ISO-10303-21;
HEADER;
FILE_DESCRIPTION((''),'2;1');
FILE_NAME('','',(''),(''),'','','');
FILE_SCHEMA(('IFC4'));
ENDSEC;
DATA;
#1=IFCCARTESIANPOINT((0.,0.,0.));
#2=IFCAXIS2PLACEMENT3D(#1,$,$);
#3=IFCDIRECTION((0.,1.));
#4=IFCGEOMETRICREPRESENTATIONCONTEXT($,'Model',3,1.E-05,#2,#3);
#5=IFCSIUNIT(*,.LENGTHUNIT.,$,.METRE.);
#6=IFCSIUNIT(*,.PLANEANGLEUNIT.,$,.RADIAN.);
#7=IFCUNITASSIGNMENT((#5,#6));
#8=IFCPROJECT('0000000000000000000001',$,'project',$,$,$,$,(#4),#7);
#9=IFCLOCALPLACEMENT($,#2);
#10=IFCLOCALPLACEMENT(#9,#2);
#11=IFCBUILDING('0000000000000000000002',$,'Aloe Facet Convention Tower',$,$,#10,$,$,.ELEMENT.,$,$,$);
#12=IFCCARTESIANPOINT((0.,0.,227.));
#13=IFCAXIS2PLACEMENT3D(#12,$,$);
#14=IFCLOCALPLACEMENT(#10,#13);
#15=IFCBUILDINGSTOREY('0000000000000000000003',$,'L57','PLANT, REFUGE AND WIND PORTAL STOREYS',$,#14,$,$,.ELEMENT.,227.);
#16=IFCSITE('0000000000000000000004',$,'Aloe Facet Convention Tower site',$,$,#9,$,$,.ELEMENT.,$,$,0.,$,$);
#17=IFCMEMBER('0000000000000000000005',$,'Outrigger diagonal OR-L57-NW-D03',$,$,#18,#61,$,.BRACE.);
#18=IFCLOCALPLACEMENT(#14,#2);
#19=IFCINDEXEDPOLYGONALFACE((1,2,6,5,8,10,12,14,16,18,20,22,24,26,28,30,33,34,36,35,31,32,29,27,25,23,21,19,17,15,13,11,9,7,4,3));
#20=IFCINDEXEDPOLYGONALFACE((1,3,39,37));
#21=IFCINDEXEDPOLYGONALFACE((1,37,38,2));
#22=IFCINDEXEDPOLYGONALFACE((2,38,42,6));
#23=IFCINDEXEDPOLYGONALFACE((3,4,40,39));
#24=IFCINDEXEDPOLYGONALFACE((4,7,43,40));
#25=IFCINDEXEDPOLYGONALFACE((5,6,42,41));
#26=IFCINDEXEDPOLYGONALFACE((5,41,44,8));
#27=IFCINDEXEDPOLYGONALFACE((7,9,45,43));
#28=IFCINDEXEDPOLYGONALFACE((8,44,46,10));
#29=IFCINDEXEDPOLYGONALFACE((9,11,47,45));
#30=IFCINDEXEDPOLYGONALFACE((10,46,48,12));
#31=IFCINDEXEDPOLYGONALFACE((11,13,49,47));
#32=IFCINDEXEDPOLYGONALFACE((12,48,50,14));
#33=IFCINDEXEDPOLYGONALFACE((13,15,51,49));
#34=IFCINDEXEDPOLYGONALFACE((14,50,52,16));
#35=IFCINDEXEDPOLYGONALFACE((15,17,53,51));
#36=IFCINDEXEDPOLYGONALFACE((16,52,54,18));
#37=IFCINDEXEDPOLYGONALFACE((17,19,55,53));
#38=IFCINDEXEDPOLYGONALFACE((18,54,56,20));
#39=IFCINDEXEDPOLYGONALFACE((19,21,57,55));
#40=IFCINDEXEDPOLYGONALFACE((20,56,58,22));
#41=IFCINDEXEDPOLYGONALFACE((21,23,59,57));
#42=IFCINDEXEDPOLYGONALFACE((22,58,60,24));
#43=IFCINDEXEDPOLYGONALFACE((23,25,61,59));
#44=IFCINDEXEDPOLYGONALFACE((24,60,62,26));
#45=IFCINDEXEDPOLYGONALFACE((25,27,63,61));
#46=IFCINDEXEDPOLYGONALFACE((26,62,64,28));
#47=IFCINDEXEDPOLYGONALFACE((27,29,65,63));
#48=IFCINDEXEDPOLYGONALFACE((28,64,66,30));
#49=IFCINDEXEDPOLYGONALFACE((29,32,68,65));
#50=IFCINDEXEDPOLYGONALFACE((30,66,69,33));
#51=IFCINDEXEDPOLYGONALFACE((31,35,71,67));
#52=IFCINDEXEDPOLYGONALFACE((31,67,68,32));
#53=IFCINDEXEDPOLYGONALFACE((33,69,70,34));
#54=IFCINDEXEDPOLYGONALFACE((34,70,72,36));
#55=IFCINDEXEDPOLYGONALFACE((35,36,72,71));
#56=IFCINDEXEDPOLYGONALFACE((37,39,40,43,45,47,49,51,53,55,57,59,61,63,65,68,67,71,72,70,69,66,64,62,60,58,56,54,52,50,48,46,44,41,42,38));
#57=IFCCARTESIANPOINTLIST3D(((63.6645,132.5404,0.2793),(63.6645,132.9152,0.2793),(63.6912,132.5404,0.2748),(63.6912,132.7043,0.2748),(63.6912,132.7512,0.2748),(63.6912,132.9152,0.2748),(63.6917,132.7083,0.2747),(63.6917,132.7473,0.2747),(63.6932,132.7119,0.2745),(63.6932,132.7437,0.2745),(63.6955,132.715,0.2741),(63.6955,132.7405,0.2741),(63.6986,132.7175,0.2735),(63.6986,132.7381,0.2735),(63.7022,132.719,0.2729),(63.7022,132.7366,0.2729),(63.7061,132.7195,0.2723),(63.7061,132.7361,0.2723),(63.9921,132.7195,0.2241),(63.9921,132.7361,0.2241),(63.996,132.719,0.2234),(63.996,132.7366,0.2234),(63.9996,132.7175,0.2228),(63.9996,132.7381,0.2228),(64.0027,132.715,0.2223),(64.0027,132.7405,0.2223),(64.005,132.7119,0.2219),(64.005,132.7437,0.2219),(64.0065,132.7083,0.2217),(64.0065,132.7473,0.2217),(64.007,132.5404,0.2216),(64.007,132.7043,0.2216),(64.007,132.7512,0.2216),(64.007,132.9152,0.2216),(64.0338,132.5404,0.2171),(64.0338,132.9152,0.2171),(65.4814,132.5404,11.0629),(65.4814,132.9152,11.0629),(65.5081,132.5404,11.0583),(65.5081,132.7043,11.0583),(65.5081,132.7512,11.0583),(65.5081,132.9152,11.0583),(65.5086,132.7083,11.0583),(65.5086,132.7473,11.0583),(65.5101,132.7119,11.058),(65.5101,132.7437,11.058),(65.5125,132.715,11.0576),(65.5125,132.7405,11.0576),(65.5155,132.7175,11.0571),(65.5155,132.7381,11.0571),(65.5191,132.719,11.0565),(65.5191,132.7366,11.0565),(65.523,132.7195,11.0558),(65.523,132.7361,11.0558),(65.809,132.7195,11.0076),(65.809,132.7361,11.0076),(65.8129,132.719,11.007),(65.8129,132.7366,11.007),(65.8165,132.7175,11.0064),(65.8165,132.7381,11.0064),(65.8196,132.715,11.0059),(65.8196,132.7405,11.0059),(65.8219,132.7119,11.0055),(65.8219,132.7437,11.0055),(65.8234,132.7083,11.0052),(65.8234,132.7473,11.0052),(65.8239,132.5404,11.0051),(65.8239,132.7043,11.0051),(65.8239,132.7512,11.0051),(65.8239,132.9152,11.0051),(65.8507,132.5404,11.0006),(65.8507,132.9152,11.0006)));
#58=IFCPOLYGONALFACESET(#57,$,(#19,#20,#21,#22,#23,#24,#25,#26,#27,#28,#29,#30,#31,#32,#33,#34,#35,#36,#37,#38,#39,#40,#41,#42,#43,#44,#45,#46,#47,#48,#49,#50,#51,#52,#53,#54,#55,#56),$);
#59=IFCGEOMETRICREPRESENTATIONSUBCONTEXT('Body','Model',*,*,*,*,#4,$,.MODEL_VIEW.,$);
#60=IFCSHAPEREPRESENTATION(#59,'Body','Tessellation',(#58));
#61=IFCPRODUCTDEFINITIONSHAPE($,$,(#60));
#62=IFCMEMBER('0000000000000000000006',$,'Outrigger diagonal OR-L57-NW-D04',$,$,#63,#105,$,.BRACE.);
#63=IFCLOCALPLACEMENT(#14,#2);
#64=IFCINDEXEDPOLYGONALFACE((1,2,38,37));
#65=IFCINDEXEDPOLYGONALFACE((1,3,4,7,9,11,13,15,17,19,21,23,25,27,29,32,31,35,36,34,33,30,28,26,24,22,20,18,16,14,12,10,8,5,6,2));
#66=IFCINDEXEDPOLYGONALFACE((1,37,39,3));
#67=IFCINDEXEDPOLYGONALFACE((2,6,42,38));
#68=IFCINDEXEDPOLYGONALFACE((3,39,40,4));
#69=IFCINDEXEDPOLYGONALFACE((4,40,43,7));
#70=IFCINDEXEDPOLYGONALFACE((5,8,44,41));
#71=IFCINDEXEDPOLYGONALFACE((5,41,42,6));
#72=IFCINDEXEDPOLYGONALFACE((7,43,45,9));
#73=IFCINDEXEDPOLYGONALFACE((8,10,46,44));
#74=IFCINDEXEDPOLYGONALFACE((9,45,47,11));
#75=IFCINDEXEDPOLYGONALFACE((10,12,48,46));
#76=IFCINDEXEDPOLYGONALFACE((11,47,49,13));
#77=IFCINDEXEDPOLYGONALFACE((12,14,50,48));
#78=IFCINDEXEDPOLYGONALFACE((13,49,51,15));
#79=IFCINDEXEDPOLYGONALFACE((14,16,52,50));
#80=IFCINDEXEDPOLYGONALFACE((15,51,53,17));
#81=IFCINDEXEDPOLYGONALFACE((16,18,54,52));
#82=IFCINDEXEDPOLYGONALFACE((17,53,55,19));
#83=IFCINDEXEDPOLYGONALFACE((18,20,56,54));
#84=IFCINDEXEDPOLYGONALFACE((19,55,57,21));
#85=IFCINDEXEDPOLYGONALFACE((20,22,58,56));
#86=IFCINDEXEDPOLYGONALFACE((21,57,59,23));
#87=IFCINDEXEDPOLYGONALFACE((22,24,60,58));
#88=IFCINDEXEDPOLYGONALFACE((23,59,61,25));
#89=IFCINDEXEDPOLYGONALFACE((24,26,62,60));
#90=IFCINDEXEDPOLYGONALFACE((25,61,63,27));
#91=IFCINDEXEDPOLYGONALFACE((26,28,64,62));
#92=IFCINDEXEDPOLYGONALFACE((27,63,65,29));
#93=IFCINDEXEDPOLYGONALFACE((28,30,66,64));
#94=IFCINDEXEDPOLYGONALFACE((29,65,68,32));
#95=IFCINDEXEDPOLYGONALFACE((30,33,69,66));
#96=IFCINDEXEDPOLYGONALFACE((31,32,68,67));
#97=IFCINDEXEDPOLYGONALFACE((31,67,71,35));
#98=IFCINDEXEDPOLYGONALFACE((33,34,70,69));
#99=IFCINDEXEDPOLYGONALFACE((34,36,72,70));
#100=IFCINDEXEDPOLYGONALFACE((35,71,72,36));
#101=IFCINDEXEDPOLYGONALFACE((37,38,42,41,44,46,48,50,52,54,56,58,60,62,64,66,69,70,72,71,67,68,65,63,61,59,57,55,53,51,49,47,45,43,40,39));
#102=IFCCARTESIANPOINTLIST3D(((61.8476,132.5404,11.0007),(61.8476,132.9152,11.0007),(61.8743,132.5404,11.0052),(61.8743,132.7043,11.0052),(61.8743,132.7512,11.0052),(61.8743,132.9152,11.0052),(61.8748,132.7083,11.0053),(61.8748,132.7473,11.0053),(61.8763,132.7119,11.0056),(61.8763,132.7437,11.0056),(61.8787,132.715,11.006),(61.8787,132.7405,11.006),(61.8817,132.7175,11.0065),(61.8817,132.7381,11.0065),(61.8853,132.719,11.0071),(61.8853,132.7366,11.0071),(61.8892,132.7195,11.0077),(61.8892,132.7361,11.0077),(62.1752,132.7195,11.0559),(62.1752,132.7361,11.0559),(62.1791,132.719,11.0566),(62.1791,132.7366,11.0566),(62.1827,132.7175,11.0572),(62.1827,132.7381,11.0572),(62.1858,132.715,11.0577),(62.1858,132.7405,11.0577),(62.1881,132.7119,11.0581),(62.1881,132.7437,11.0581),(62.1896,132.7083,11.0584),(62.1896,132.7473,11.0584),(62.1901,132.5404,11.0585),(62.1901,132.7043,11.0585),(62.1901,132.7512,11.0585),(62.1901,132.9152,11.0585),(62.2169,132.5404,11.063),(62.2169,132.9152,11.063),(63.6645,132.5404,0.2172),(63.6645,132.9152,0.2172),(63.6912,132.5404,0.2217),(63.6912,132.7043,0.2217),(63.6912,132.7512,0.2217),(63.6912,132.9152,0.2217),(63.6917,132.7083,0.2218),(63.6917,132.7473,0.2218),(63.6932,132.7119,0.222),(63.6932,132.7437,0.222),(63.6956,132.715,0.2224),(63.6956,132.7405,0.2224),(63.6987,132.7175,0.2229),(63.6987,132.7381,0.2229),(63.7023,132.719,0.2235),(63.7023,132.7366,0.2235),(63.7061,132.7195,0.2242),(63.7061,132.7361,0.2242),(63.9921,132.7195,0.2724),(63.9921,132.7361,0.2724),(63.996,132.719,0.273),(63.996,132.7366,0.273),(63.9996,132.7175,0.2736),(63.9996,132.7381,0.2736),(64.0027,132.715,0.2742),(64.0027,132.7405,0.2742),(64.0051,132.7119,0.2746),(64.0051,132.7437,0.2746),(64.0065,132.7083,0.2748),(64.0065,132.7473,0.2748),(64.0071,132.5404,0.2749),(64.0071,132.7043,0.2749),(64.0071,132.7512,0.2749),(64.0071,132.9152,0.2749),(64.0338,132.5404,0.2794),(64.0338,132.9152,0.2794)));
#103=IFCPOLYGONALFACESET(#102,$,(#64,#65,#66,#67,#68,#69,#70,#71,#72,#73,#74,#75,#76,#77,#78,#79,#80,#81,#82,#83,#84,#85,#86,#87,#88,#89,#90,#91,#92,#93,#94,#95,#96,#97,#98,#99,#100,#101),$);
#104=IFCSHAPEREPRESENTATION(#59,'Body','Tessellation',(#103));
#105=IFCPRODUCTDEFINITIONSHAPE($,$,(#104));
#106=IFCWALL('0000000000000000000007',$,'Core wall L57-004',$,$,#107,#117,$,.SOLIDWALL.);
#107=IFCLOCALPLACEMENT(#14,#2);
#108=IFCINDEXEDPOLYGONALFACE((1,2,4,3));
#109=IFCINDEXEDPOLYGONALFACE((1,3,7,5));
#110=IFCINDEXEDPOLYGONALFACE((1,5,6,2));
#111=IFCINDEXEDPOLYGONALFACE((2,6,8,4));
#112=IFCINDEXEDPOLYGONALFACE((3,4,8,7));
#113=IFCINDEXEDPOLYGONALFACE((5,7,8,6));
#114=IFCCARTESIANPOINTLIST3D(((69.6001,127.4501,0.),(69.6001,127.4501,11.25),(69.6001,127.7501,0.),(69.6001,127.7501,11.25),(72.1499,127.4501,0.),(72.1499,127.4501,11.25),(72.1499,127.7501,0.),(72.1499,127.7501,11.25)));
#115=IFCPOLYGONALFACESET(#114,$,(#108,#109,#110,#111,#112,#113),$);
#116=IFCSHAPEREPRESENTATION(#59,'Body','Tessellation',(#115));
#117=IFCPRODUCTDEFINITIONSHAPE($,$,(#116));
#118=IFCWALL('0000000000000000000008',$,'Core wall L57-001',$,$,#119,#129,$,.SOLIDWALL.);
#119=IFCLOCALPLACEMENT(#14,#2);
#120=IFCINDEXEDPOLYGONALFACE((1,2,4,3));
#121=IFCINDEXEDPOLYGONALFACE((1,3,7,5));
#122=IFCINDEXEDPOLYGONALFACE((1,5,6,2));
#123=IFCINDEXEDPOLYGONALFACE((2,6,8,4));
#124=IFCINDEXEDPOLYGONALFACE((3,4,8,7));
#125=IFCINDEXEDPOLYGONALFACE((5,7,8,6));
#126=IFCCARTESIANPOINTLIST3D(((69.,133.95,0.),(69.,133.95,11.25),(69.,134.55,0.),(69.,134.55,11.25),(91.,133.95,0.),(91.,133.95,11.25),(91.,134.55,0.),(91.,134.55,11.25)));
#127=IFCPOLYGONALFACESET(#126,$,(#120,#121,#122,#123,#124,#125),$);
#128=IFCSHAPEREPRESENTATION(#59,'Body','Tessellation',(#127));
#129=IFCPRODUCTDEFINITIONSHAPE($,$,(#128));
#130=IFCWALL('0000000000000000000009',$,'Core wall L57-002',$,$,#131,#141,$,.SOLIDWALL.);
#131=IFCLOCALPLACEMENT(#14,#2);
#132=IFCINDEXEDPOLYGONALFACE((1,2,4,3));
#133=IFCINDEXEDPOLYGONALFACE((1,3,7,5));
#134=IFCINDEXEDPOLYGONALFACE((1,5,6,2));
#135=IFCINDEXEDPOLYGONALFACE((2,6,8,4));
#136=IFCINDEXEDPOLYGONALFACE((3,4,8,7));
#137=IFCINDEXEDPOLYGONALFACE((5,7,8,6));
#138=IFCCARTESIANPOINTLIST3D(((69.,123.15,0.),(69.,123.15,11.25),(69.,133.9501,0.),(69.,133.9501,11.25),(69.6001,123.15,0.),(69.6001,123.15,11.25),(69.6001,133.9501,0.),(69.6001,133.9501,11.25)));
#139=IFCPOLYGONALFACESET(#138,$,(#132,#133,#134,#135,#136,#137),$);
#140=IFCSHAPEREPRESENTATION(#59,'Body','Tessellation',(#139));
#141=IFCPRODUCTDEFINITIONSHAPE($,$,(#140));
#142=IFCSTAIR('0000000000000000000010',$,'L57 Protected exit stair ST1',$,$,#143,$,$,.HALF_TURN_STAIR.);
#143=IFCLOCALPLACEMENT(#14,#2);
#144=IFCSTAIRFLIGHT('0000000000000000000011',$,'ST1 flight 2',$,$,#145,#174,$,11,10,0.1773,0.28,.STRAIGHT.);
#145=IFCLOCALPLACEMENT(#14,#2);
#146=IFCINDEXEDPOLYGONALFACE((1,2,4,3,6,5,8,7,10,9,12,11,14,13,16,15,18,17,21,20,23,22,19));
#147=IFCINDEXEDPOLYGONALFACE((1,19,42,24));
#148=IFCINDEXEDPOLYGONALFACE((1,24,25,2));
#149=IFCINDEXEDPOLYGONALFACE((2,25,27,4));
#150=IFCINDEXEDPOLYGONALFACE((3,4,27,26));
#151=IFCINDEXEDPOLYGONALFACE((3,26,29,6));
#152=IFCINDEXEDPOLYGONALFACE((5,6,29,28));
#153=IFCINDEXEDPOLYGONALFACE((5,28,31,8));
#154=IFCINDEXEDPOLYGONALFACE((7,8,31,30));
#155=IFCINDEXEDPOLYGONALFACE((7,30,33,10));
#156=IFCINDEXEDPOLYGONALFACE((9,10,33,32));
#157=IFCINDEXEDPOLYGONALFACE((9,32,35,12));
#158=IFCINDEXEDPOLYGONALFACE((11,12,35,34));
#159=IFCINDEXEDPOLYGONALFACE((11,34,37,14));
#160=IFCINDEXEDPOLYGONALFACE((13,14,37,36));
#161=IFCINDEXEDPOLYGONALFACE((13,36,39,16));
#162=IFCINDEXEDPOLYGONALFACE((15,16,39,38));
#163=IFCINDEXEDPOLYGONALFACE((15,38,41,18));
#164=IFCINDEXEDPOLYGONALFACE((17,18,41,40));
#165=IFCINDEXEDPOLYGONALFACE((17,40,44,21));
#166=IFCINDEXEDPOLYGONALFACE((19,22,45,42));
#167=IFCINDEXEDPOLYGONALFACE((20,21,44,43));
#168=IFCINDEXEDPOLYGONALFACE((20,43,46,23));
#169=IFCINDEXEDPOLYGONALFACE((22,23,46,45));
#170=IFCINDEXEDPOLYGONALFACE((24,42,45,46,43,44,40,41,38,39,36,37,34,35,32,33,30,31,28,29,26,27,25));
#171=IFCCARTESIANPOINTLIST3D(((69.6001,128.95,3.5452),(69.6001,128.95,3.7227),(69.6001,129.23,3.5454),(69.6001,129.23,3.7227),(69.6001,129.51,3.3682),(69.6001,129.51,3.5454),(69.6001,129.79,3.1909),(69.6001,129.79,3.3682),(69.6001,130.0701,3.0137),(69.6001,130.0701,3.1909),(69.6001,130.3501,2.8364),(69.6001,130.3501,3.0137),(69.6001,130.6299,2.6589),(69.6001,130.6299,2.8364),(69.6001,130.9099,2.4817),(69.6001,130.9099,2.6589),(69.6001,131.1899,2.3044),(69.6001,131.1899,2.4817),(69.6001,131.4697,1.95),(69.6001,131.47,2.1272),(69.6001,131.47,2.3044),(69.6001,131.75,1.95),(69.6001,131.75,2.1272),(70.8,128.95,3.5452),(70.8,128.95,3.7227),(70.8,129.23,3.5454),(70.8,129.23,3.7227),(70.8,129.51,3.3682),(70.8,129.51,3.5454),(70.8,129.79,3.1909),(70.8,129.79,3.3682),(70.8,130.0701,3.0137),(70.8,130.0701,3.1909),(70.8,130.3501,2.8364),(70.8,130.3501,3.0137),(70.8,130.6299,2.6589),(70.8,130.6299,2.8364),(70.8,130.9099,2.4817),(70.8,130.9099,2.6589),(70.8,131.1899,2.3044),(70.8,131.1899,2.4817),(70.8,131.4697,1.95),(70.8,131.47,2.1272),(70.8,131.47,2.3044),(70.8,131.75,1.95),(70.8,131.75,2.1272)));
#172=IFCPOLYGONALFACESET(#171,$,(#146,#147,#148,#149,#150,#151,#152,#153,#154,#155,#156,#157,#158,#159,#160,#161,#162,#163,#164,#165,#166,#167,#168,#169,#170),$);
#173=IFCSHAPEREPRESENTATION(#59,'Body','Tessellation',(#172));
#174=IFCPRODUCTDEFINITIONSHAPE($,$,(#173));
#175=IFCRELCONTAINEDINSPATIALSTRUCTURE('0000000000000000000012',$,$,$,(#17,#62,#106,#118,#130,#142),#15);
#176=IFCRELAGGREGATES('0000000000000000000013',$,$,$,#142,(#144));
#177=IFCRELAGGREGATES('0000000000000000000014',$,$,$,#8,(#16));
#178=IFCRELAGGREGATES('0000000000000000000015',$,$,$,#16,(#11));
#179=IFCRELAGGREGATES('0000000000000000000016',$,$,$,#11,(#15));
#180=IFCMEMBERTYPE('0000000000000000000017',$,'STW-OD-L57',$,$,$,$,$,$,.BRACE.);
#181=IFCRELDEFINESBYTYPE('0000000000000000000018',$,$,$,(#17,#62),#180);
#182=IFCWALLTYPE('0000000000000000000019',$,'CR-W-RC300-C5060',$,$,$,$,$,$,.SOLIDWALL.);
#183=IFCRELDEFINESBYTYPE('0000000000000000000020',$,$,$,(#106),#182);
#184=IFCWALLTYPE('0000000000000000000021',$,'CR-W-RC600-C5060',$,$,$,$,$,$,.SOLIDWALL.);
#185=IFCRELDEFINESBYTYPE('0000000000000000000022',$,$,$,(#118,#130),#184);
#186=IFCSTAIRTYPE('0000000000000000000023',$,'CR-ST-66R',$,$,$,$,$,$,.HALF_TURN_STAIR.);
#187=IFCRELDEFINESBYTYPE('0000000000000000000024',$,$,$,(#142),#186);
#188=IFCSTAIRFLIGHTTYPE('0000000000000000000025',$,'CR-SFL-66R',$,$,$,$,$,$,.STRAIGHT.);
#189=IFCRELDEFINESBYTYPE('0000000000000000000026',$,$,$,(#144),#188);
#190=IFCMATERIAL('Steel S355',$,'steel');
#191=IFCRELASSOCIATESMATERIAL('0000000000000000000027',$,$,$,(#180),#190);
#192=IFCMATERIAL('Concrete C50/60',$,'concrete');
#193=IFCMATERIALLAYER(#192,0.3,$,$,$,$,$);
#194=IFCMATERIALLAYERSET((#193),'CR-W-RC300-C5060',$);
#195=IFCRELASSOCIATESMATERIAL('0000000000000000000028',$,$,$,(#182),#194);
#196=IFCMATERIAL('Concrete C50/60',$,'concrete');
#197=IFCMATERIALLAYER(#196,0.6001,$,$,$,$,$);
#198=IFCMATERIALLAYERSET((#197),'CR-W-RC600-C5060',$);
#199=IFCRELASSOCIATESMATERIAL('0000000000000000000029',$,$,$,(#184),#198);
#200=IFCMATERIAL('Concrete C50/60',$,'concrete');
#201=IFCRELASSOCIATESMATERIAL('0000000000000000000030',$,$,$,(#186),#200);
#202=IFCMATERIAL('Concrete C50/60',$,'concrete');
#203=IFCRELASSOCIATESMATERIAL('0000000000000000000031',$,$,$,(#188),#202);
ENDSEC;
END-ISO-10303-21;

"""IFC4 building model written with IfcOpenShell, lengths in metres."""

from ifc_helpers import new_model, si_unit, direction, frame, frame_2d, origin, origin_2d, place, context, subcontext, project, spatial, polyline, rectangle, i_section, outline, extrude, material, layer, layer_set, material_profile, profile_set, type_object, element, aggregate, save


model = new_model("IFC4")

# Units and contexts
model_context = context("Model", 3, precision=1e-05, world=origin(), true_north=direction((0.0, 1.0)))
body_context = subcontext(model_context, "Body", "Model", "MODEL_VIEW")
ifc_project = project(units=[si_unit("LENGTHUNIT", "METRE"), si_unit("PLANEANGLEUNIT", "RADIAN")], contexts=[model_context])

# Site, building, storey
site_placement = place(None, origin())
site = spatial("IfcSite", under=ifc_project, at=site_placement, Name="Aloe Facet Convention Tower site", CompositionType="ELEMENT", RefElevation=0.0)
building_placement = place(site_placement, origin())
building = spatial("IfcBuilding", under=site, at=building_placement, Name="Aloe Facet Convention Tower", CompositionType="ELEMENT")
storey_placement = place(building_placement, frame((0.0, 0.0, 227.0)))
storey = spatial("IfcBuildingStorey", under=building, at=storey_placement, Name="L57", Description="PLANT, REFUGE AND WIND PORTAL STOREYS", CompositionType="ELEMENT", Elevation=227.0)

# Members
ifc_material_1 = material(Name="Steel S355", Category="steel")
ifc_material_profile_1 = material_profile(ifc_material_1, i_section(OverallWidth=0.3748, OverallDepth=0.3745, WebThickness=0.0166, FlangeThickness=0.0271, FilletRadius=0.0151, at=origin_2d()), Name="UC 356x368x202")
ifc_profile_set_1 = profile_set([ifc_material_profile_1], Name="Steel S355")
member_type_1 = type_object("IfcMemberType", Name="STW-OD-L57", PredefinedType="BRACE", material=ifc_profile_set_1)
for number, where, z_axis, x_axis, name in (
    (1, (65.666, 132.7278, 11.0317), (-0.166147, 0.0, -0.986101), (0.0, -1.0, 0.0), "Outrigger diagonal OR-L57-NW-D03"),
    (2, (63.8491, 132.7278, 0.2483), (-0.166147, 0.0, 0.986101), (0.0, -1.0, 0.0), "Outrigger diagonal OR-L57-NW-D04"),
):
    element("IfcMember", number, at=place(storey_placement, frame(where, z_axis=z_axis, x_axis=x_axis)), inside=storey, type_object=member_type_1, Name=name, PredefinedType="BRACE", context=body_context, shape_type="SweptSolid", body=[
        extrude(i_section(OverallWidth=0.3748, OverallDepth=0.3745, WebThickness=0.0166, FlangeThickness=0.0271, FilletRadius=0.0151, at=origin_2d()), origin(), (0.0, 0.0, 1.0), 10.9355),
    ])

# Walls
ifc_material_2 = material(Name="Concrete C50/60", Category="concrete")
ifc_layer_1 = layer(ifc_material_2, 0.3)
ifc_layer_set_1 = layer_set([ifc_layer_1], Name="CR-W-RC300-C5060")
wall_type_1 = type_object("IfcWallType", Name="CR-W-RC300-C5060", PredefinedType="SOLIDWALL", material=ifc_layer_set_1)
wall_1_placement = place(storey_placement, frame((69.6001, 127.6001, 0.0), z_axis=(0.0, 0.0, 1.0), x_axis=(1.0, 0.0, 0.0)))
element("IfcWall", 3, at=wall_1_placement, inside=storey, type_object=wall_type_1, Name="Core wall L57-004", PredefinedType="SOLIDWALL", context=body_context, shape_type="SweptSolid", body=[
    extrude(rectangle(XDim=2.5498, YDim=0.3, at=frame_2d((1.2749, 0.0))), origin(), (0.0, 0.0, 1.0), 11.25),
])
ifc_material_3 = material(Name="Concrete C50/60", Category="concrete")
ifc_layer_2 = layer(ifc_material_3, 0.6001)
ifc_layer_set_2 = layer_set([ifc_layer_2], Name="CR-W-RC600-C5060")
wall_type_2 = type_object("IfcWallType", Name="CR-W-RC600-C5060", PredefinedType="SOLIDWALL", material=ifc_layer_set_2)
wall_2_placement = place(storey_placement, frame((69.0, 134.25, 0.0), z_axis=(0.0, 0.0, 1.0), x_axis=(1.0, 0.0, 0.0)))
element("IfcWall", 4, at=wall_2_placement, inside=storey, type_object=wall_type_2, Name="Core wall L57-001", PredefinedType="SOLIDWALL", context=body_context, shape_type="SweptSolid", body=[
    extrude(rectangle(XDim=22.0, YDim=0.6001, at=frame_2d((11.0, 0.0))), origin(), (0.0, 0.0, 1.0), 11.25),
])
wall_3_placement = place(storey_placement, frame((69.3, 133.95, 0.0), z_axis=(0.0, 0.0, 1.0), x_axis=(0.0, -1.0, 0.0)))
element("IfcWall", 5, at=wall_3_placement, inside=storey, type_object=wall_type_2, Name="Core wall L57-002", PredefinedType="SOLIDWALL", context=body_context, shape_type="SweptSolid", body=[
    extrude(rectangle(XDim=10.8, YDim=0.6001, at=frame_2d((5.3999, 0.0))), origin(), (0.0, 0.0, 1.0), 11.25),
])

# Stair, stair flight
ifc_material_4 = material(Name="Concrete C50/60", Category="concrete")
stair_type = type_object("IfcStairType", Name="CR-ST-66R", PredefinedType="HALF_TURN_STAIR", material=ifc_material_4)
stair_placement = place(storey_placement, origin())
stair = element("IfcStair", 6, at=stair_placement, inside=storey, type_object=stair_type, Name="L57 Protected exit stair ST1", PredefinedType="HALF_TURN_STAIR")
ifc_material_5 = material(Name="Concrete C50/60", Category="concrete")
stair_flight_type = type_object("IfcStairFlightType", Name="CR-SFL-66R", PredefinedType="STRAIGHT", material=ifc_material_5)
stair_flight_1_placement = place(storey_placement, frame((70.2, 131.75, 1.95), z_axis=(0.0, 0.0, 1.0), x_axis=(0.0, -1.0, 0.0)))
stair_flight_1 = element("IfcStairFlight", 7, at=stair_flight_1_placement, type_object=stair_flight_type, Name="ST1 flight 2", NumberOfRisers=11, NumberOfTreads=10, PredefinedType="STRAIGHT", RiserHeight=0.1773, TreadLength=0.28, context=body_context, shape_type="SweptSolid", body=[
    extrude(outline(polyline([(0.0, 0.0), (0.0, 0.1772), (0.28, 0.1772), (0.28, 0.3545), (0.5601, 0.3545), (0.5601, 0.5317), (0.8401, 0.5317), (0.8401, 0.709), (1.1201, 0.709), (1.1201, 0.8865), (1.3999, 0.8865), (1.3999, 1.0637), (1.6799, 1.0637), (1.6799, 1.241), (1.96, 1.241), (1.96, 1.4182), (2.24, 1.4182), (2.24, 1.5955), (2.52, 1.5955), (2.52, 1.7727), (2.8, 1.7727), (2.8, 1.95), (2.8, 1.5952), (0.2803, 0.0), (0.0, 0.0)])), frame((0.0, 0.6001, 0.0), z_axis=(0.0, -1.0, 0.0), x_axis=(1.0, 0.0, 0.0)), (0.0, 0.0, 1.0), 1.2),
])
aggregate(stair, [stair_flight_1])

save(model, "model.ifc")
